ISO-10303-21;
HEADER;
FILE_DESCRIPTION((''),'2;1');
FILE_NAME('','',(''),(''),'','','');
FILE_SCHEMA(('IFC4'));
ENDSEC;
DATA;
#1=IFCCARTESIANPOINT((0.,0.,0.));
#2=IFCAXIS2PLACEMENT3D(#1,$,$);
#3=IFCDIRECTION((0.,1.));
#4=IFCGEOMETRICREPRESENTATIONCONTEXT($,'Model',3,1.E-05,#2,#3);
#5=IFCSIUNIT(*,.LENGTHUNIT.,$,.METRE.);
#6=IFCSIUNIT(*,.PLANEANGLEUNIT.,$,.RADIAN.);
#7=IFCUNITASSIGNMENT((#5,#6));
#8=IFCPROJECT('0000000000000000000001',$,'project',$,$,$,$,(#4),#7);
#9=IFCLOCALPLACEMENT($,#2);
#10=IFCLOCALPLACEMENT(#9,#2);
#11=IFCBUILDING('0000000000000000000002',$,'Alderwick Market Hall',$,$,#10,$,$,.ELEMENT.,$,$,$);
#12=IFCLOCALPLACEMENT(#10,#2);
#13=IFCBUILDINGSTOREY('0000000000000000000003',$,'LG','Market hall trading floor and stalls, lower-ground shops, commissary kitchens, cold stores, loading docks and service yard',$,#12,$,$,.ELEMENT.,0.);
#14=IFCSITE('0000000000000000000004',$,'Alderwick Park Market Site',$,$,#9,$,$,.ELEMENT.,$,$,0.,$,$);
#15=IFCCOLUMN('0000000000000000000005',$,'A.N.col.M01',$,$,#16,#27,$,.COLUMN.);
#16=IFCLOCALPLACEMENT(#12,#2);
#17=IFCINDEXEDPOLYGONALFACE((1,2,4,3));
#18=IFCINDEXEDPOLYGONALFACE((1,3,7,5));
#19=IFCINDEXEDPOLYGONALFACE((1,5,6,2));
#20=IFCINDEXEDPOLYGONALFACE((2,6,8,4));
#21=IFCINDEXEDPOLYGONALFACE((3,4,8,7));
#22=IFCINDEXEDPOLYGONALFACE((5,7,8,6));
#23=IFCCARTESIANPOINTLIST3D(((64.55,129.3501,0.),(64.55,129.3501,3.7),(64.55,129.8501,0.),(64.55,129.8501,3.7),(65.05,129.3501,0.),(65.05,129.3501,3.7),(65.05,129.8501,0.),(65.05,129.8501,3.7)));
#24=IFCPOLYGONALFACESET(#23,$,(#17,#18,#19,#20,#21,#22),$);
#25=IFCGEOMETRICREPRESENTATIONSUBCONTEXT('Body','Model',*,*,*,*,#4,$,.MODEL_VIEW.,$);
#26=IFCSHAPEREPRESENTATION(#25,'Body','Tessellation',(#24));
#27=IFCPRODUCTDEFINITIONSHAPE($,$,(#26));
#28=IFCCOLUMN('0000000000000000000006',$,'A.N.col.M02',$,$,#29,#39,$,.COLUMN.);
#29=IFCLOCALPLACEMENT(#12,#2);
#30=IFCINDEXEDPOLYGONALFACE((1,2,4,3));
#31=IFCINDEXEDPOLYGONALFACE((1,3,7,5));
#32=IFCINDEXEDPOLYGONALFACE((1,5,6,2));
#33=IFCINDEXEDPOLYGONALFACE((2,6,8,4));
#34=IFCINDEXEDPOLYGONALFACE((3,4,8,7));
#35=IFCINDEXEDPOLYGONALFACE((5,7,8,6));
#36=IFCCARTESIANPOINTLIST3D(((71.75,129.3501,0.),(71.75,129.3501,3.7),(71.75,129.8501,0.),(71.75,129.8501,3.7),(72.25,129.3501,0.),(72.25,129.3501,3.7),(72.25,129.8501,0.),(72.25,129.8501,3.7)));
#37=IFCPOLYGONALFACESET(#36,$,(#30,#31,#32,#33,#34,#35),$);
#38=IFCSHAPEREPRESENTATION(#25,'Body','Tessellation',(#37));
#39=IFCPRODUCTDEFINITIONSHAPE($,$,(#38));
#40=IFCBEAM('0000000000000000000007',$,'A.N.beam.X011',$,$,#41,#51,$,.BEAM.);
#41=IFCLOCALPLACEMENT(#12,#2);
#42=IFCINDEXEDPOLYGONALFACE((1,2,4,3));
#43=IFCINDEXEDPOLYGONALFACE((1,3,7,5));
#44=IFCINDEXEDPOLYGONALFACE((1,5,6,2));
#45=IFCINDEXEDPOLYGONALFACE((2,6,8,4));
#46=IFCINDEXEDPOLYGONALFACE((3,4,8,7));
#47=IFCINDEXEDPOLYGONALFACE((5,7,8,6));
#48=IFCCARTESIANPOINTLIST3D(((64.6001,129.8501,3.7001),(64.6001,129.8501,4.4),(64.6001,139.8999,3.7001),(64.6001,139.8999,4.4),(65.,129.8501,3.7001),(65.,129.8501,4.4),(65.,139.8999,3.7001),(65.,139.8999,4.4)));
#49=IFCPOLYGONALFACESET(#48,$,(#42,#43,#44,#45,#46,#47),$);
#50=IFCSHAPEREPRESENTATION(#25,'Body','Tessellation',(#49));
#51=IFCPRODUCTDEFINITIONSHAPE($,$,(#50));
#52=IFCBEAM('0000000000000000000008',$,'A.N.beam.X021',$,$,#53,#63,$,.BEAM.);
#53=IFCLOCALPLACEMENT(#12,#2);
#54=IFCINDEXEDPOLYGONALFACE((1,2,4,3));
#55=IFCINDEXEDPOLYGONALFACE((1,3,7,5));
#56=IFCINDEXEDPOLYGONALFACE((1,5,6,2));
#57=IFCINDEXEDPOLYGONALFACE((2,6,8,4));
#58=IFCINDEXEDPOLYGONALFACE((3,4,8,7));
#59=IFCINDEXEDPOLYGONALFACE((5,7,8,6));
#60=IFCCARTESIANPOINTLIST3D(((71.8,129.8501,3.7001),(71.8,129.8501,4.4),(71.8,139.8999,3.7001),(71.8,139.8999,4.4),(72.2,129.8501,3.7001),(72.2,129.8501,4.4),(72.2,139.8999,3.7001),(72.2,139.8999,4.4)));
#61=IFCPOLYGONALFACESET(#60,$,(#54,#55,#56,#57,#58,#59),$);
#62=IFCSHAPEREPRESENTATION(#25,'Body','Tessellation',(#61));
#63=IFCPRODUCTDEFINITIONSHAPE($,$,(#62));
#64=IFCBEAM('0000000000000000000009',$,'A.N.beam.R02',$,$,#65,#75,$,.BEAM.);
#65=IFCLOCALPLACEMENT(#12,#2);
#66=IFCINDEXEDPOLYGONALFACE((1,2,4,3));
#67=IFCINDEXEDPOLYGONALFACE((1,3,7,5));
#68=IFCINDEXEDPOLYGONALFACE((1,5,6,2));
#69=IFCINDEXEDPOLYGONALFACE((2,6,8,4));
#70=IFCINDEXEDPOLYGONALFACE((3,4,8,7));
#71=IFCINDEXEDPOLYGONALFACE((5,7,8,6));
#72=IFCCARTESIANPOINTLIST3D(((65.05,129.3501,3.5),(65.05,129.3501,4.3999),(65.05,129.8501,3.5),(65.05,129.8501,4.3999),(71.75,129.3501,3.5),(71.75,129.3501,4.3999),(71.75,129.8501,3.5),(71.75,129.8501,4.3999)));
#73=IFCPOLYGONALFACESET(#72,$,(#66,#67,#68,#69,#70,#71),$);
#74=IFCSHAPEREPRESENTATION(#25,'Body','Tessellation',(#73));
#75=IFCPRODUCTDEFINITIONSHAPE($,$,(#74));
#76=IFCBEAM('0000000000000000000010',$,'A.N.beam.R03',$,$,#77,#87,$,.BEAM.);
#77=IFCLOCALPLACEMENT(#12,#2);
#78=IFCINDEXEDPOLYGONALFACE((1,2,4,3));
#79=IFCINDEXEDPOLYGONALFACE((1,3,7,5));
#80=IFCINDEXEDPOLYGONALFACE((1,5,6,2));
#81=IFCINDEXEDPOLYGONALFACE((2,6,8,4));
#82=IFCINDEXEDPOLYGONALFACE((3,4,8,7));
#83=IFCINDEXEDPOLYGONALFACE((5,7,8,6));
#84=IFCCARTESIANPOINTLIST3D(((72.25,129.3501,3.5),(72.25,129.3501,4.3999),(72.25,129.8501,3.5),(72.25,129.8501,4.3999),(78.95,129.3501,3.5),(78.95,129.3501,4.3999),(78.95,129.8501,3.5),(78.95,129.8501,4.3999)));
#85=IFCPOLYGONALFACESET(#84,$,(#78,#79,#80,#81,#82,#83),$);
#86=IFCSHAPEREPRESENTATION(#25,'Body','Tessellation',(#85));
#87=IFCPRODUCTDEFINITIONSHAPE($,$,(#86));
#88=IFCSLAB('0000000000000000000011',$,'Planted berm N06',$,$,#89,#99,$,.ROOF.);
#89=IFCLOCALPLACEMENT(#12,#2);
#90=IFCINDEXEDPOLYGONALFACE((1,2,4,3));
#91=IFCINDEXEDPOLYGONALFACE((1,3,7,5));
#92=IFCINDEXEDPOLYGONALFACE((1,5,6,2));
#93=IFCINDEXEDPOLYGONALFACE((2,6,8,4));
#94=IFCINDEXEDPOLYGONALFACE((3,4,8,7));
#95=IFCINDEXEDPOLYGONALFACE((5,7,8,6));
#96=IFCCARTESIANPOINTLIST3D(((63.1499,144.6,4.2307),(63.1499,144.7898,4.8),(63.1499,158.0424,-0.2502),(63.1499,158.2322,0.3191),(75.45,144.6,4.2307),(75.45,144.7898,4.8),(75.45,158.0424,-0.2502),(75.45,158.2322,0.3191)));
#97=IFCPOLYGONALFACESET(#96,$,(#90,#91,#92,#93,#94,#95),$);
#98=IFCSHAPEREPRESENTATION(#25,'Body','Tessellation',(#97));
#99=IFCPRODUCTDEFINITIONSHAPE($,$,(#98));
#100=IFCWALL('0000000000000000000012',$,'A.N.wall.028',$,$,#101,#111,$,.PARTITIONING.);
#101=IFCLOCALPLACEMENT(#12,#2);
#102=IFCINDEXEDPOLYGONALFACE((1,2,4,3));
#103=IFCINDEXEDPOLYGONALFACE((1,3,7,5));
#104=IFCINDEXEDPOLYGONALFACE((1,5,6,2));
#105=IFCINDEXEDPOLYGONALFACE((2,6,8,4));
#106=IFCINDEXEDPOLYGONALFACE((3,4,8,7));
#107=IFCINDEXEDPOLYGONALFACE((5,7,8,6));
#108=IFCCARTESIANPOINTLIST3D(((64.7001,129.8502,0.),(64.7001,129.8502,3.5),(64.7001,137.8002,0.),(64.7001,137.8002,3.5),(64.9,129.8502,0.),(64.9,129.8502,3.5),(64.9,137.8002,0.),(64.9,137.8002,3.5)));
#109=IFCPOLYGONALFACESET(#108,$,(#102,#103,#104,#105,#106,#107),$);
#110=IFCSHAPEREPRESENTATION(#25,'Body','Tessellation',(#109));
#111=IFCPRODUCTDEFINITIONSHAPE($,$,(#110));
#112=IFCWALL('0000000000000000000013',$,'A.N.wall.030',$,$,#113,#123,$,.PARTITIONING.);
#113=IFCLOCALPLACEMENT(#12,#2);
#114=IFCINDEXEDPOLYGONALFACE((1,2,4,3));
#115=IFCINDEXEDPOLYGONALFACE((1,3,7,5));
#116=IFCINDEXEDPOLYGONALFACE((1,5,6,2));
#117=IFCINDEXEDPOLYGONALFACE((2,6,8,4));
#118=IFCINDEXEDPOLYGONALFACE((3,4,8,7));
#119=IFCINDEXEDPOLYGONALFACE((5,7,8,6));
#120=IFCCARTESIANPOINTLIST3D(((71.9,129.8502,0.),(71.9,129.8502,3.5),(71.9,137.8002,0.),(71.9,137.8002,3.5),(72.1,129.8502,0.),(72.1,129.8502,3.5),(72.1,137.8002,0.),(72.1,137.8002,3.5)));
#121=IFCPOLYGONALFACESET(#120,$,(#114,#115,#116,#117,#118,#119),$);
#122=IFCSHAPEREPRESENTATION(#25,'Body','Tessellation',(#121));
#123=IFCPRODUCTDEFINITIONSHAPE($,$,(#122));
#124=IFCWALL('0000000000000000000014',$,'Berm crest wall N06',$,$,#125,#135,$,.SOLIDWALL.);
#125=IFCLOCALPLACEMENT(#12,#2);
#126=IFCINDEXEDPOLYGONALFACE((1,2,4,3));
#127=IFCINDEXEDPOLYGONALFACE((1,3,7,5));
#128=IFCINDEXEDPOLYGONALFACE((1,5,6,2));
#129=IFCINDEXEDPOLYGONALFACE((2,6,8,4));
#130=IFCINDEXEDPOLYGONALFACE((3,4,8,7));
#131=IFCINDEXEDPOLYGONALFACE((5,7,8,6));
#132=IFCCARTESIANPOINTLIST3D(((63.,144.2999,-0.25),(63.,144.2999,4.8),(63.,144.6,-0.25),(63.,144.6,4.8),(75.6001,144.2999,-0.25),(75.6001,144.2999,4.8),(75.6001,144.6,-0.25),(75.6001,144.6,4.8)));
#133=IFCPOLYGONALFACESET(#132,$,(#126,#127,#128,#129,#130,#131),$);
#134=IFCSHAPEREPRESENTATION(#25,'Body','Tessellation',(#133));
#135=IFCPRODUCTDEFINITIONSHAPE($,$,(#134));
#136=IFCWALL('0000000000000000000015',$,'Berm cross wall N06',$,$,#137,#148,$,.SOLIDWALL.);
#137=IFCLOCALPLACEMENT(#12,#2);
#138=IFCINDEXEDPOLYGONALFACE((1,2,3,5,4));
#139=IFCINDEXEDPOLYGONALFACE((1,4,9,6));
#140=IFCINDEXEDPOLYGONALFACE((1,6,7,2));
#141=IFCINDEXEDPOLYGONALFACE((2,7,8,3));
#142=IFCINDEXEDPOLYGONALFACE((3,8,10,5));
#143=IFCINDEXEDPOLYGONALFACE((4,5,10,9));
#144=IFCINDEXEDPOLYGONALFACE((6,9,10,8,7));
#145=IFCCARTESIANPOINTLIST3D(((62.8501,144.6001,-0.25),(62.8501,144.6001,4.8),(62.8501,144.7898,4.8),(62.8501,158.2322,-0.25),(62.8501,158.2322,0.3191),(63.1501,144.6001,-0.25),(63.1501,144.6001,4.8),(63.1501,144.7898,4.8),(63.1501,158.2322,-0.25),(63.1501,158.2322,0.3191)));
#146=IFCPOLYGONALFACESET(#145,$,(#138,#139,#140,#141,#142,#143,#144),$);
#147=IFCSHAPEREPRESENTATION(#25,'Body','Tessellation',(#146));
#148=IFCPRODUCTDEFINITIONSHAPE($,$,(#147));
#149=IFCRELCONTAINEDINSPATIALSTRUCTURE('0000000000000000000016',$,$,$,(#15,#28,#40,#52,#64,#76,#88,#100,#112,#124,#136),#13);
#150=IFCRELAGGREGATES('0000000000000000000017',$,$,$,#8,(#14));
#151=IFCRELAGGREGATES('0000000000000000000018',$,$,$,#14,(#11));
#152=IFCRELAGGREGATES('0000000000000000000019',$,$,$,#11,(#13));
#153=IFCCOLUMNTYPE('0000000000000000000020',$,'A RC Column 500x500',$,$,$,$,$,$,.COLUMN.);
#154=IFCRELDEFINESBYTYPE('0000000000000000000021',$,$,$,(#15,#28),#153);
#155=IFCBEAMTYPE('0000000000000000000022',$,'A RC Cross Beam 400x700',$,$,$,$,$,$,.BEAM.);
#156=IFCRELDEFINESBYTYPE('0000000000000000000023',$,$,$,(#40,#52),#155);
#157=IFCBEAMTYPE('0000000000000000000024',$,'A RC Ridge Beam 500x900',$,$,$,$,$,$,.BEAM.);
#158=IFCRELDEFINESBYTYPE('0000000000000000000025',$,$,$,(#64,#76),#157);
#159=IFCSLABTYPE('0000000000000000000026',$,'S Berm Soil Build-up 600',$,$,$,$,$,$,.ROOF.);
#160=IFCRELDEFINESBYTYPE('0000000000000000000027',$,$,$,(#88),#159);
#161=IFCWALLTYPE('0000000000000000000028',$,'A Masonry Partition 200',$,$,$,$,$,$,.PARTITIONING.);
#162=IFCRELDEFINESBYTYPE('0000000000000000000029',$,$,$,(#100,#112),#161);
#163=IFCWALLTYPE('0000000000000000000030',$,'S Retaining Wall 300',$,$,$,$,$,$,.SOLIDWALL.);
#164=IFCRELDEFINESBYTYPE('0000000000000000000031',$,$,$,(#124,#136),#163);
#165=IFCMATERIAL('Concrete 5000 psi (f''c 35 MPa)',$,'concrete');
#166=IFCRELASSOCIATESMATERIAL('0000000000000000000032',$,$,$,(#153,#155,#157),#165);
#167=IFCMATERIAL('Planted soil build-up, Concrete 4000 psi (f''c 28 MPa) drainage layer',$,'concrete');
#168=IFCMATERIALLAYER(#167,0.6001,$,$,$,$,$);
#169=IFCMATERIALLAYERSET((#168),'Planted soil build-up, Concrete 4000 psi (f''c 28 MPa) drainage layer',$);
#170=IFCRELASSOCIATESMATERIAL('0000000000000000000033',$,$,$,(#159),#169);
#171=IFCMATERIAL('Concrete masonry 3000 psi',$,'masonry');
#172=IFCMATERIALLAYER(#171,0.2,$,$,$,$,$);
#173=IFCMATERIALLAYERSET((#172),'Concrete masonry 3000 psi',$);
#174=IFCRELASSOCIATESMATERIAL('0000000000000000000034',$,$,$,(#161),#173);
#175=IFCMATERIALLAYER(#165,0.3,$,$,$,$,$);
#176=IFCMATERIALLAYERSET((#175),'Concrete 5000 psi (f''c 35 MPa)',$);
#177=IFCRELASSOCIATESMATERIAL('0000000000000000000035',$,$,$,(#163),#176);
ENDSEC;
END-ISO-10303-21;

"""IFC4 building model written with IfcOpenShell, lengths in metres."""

from ifc_helpers import new_model, si_unit, direction, frame, frame_2d, origin, origin_2d, place, context, subcontext, project, spatial, polyline, rectangle, outline, extrude, material, layer, layer_set, material_profile, profile_set, type_object, element, save


model = new_model("IFC4")

# Units and contexts
model_context = context("Model", 3, precision=1e-05, world=origin(), true_north=direction((0.0, 1.0)))
body_context = subcontext(model_context, "Body", "Model", "MODEL_VIEW")
ifc_project = project(units=[si_unit("LENGTHUNIT", "METRE"), si_unit("PLANEANGLEUNIT", "RADIAN")], contexts=[model_context])

# Site, building, storey
site_placement = place(None, origin())
site = spatial("IfcSite", under=ifc_project, at=site_placement, Name="Alderwick Park Market Site", CompositionType="ELEMENT", RefElevation=0.0)
building_placement = place(site_placement, origin())
building = spatial("IfcBuilding", under=site, at=building_placement, Name="Alderwick Market Hall", CompositionType="ELEMENT")
storey_placement = place(building_placement, origin())
storey = spatial("IfcBuildingStorey", under=building, at=storey_placement, Name="LG", Description="Market hall trading floor and stalls, lower-ground shops, commissary kitchens, cold stores, loading docks and service yard", CompositionType="ELEMENT", Elevation=0.0)

# Columns
ifc_material_1 = material(Name="Concrete 5000 psi (f'c 35 MPa)", Category="concrete")
ifc_material_profile_1 = material_profile(ifc_material_1, rectangle(XDim=0.5, YDim=0.5, at=origin_2d()), Name="A RC Column 500x500")
ifc_profile_set_1 = profile_set([ifc_material_profile_1], Name="Concrete 5000 psi (f'c 35 MPa)")
column_type = type_object("IfcColumnType", Name="A RC Column 500x500", PredefinedType="COLUMN", material=ifc_profile_set_1)
for number, where, z_axis, x_axis, name in (
    (1, (64.8, 129.6001, 0.0), (0.0, 0.0, 1.0), (1.0, 0.0, 0.0), "A.N.col.M01"),
    (2, (72.0, 129.6001, 0.0), (0.0, 0.0, 1.0), (1.0, 0.0, 0.0), "A.N.col.M02"),
):
    element("IfcColumn", number, at=place(storey_placement, frame(where, z_axis=z_axis, x_axis=x_axis)), inside=storey, type_object=column_type, Name=name, PredefinedType="COLUMN", context=body_context, shape_type="SweptSolid", body=[
        extrude(rectangle(XDim=0.5, YDim=0.5, at=origin_2d()), origin(), (0.0, 0.0, 1.0), 3.7),
    ])

# Beams
ifc_material_profile_2 = material_profile(ifc_material_1, rectangle(XDim=0.3999, YDim=0.7, at=origin_2d()), Name="A RC Cross Beam 400x700")
ifc_profile_set_2 = profile_set([ifc_material_profile_2], Name="Concrete 5000 psi (f'c 35 MPa)")
beam_type_1 = type_object("IfcBeamType", Name="A RC Cross Beam 400x700", PredefinedType="BEAM", material=ifc_profile_set_2)
for number, where, z_axis, x_axis, name in (
    (3, (64.8, 129.8501, 4.05), (0.0, 1.0, 0.0), (-1.0, 0.0, 0.0), "A.N.beam.X011"),
    (4, (72.0, 129.8501, 4.05), (0.0, 1.0, 0.0), (-1.0, 0.0, 0.0), "A.N.beam.X021"),
):
    element("IfcBeam", number, at=place(storey_placement, frame(where, z_axis=z_axis, x_axis=x_axis)), inside=storey, type_object=beam_type_1, Name=name, PredefinedType="BEAM", context=body_context, shape_type="SweptSolid", body=[
        extrude(rectangle(XDim=0.3999, YDim=0.7, at=origin_2d()), origin(), (0.0, 0.0, 1.0), 10.0498),
    ])
ifc_material_profile_3 = material_profile(ifc_material_1, rectangle(XDim=0.5, YDim=0.8999, at=origin_2d()), Name="A RC Ridge Beam 500x900")
ifc_profile_set_3 = profile_set([ifc_material_profile_3], Name="Concrete 5000 psi (f'c 35 MPa)")
beam_type_2 = type_object("IfcBeamType", Name="A RC Ridge Beam 500x900", PredefinedType="BEAM", material=ifc_profile_set_3)
for number, where, z_axis, x_axis, name in (
    (5, (65.05, 129.6001, 3.95), (1.0, 0.0, 0.0), (0.0, 1.0, 0.0), "A.N.beam.R02"),
    (6, (72.25, 129.6001, 3.95), (1.0, 0.0, 0.0), (0.0, 1.0, 0.0), "A.N.beam.R03"),
):
    element("IfcBeam", number, at=place(storey_placement, frame(where, z_axis=z_axis, x_axis=x_axis)), inside=storey, type_object=beam_type_2, Name=name, PredefinedType="BEAM", context=body_context, shape_type="SweptSolid", body=[
        extrude(rectangle(XDim=0.5, YDim=0.8999, at=origin_2d()), origin(), (0.0, 0.0, 1.0), 6.7),
    ])

# Slab
ifc_material_2 = material(Name="Planted soil build-up, Concrete 4000 psi (f'c 28 MPa) drainage layer", Category="concrete")
ifc_layer_1 = layer(ifc_material_2, 0.6001)
ifc_layer_set_1 = layer_set([ifc_layer_1], Name="Planted soil build-up, Concrete 4000 psi (f'c 28 MPa) drainage layer")
slab_type = type_object("IfcSlabType", Name="S Berm Soil Build-up 600", PredefinedType="ROOF", material=ifc_layer_set_1)
slab_placement = place(storey_placement, frame((63.1499, 158.2322, 0.3191), z_axis=(0.0, 0.316238, 0.94868), x_axis=(1.0, 0.0, 0.0)))
element("IfcSlab", 7, at=slab_placement, inside=storey, type_object=slab_type, Name="Planted berm N06", PredefinedType="ROOF", context=body_context, shape_type="SweptSolid", body=[
    extrude(outline(polyline([(0.0, 0.0), (12.3, 0.0), (12.3, -14.1696), (0.0, -14.1696), (0.0, 0.0)])), origin(), (0.0, 0.0, -1.0), 0.6001),
])

# Walls
ifc_material_3 = material(Name="Concrete masonry 3000 psi", Category="masonry")
ifc_layer_2 = layer(ifc_material_3, 0.2)
ifc_layer_set_2 = layer_set([ifc_layer_2], Name="Concrete masonry 3000 psi")
wall_type_1 = type_object("IfcWallType", Name="A Masonry Partition 200", PredefinedType="PARTITIONING", material=ifc_layer_set_2)
for number, where, z_axis, x_axis, name in (
    (8, (64.8, 129.8501, 0.0), (0.0, 0.0, 1.0), (0.0, 1.0, 0.0), "A.N.wall.028"),
    (9, (72.0, 129.8501, 0.0), (0.0, 0.0, 1.0), (0.0, 1.0, 0.0), "A.N.wall.030"),
):
    element("IfcWall", number, at=place(storey_placement, frame(where, z_axis=z_axis, x_axis=x_axis)), inside=storey, type_object=wall_type_1, Name=name, PredefinedType="PARTITIONING", context=body_context, shape_type="SweptSolid", body=[
        extrude(rectangle(XDim=7.95, YDim=0.2, at=frame_2d((3.9751, 0.0))), origin(), (0.0, 0.0, 1.0), 3.5),
    ])
ifc_layer_3 = layer(ifc_material_1, 0.3)
ifc_layer_set_3 = layer_set([ifc_layer_3], Name="Concrete 5000 psi (f'c 35 MPa)")
wall_type_2 = type_object("IfcWallType", Name="S Retaining Wall 300", PredefinedType="SOLIDWALL", material=ifc_layer_set_3)
wall_1_placement = place(storey_placement, frame((63.0, 144.45, -0.25), z_axis=(0.0, 0.0, 1.0), x_axis=(1.0, 0.0, 0.0)))
element("IfcWall", 10, at=wall_1_placement, inside=storey, type_object=wall_type_2, Name="Berm crest wall N06", PredefinedType="SOLIDWALL", context=body_context, shape_type="SweptSolid", body=[
    extrude(rectangle(XDim=12.6001, YDim=0.3, at=frame_2d((6.3, 0.0))), origin(), (0.0, 0.0, 1.0), 5.05),
])
wall_2_placement = place(storey_placement, frame((63.0, 144.6001, -0.25), z_axis=(0.0, 0.0, 1.0), x_axis=(0.0, 1.0, 0.0)))
element("IfcWall", 11, at=wall_2_placement, inside=storey, type_object=wall_type_2, Name="Berm cross wall N06", PredefinedType="SOLIDWALL", context=body_context, shape_type="SweptSolid", body=[
    extrude(outline(polyline([(0.0, 0.0), (13.6321, 0.0), (13.6321, 0.5691), (0.1897, 5.05), (0.0, 5.05), (0.0, 0.0)])), frame((0.0, 0.1499, 0.0), z_axis=(0.0, -1.0, 0.0), x_axis=(1.0, 0.0, 0.0)), (0.0, 0.0, 1.0), 0.3),
])

save(model, "model.ifc")
